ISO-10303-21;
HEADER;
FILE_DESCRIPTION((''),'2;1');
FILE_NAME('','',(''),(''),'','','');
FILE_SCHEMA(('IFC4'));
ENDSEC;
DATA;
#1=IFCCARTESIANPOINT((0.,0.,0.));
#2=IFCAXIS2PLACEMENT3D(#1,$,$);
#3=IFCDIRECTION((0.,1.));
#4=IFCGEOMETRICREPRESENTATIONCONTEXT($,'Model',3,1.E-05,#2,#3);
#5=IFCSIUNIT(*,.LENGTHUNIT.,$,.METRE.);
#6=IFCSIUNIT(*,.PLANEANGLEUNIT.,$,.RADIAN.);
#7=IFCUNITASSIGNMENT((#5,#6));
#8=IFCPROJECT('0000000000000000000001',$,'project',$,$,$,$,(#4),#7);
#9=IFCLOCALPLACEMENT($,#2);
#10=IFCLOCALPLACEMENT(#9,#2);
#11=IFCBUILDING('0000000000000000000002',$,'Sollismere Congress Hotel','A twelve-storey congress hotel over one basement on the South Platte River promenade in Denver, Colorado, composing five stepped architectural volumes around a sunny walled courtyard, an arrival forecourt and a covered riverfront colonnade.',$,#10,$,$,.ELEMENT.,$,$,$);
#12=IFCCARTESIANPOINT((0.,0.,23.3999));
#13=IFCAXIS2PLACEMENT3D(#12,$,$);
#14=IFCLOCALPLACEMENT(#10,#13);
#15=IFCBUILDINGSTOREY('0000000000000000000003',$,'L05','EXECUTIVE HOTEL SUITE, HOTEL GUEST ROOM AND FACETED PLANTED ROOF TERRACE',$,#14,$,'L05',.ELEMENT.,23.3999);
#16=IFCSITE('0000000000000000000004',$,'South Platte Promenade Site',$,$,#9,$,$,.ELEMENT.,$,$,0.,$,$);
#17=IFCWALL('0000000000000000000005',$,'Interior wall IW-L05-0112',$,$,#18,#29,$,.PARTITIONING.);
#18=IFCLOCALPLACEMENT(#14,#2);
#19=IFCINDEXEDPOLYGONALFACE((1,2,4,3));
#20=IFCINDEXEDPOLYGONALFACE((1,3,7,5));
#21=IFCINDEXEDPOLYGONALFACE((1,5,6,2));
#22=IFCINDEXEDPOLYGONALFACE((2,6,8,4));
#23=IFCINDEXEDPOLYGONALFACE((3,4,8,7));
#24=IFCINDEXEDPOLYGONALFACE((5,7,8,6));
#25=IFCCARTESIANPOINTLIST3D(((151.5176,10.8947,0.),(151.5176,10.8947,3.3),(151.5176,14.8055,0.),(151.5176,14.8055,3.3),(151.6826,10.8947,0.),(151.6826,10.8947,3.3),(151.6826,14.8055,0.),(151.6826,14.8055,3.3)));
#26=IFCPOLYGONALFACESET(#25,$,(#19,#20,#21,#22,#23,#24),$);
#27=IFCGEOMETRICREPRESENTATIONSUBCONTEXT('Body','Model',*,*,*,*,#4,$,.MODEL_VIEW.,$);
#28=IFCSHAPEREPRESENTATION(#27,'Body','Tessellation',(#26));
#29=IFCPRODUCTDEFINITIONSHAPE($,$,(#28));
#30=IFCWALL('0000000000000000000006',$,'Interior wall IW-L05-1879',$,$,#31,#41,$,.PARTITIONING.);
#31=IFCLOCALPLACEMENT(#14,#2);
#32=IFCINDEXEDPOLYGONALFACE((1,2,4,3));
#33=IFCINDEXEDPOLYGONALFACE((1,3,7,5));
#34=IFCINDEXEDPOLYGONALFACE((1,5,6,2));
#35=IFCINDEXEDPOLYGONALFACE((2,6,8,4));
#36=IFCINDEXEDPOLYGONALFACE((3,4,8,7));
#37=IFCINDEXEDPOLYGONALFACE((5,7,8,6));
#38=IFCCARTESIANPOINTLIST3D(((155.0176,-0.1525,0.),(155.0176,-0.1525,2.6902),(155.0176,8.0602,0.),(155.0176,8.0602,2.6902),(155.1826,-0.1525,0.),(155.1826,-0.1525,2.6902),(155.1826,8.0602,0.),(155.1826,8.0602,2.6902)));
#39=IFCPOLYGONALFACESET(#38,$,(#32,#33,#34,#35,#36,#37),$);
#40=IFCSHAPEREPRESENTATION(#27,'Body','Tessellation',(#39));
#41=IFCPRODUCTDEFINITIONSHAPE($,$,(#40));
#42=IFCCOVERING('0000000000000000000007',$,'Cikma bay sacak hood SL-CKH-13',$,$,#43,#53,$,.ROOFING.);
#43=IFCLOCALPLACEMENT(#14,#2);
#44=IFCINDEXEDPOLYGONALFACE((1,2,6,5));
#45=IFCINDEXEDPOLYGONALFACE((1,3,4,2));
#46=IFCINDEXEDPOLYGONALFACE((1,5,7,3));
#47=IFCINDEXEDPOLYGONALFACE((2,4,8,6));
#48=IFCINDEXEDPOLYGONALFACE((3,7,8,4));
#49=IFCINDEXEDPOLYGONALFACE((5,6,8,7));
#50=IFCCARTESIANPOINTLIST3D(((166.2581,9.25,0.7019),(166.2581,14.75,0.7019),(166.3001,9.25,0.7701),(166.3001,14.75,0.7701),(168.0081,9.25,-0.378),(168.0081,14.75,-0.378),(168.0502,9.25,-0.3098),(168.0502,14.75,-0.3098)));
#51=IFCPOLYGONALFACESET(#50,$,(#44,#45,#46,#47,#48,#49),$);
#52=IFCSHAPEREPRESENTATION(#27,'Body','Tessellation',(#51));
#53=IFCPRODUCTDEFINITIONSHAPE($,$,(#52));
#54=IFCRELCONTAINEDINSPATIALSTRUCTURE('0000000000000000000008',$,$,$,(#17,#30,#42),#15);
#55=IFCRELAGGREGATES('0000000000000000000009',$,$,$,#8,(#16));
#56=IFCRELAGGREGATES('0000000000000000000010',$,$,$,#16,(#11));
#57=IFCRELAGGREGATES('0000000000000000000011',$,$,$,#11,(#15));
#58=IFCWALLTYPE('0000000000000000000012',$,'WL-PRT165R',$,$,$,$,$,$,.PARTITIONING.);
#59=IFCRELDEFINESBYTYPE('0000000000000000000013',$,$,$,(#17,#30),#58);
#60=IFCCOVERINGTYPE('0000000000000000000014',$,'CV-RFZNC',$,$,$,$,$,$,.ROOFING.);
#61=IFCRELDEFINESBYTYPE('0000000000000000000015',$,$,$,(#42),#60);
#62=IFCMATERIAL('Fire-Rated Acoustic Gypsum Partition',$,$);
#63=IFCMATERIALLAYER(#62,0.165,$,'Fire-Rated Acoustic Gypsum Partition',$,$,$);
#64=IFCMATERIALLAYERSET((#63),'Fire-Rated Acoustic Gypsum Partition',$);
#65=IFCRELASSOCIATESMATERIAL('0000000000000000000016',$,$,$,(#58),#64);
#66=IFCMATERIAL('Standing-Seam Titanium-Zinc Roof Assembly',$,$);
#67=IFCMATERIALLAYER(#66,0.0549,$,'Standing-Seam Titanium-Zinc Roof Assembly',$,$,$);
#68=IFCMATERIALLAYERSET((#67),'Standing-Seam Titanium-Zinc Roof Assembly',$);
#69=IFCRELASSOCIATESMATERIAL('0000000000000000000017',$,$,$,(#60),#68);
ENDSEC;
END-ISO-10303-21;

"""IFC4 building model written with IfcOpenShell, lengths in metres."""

from ifc_helpers import new_model, si_unit, direction, frame, frame_2d, origin, place, context, subcontext, project, spatial, polyline, rectangle, outline, extrude, material, layer, layer_set, type_object, element, save


model = new_model("IFC4")

# Units and contexts
model_context = context("Model", 3, precision=1e-05, world=origin(), true_north=direction((0.0, 1.0)))
body_context = subcontext(model_context, "Body", "Model", "MODEL_VIEW")
ifc_project = project(units=[si_unit("LENGTHUNIT", "METRE"), si_unit("PLANEANGLEUNIT", "RADIAN")], contexts=[model_context])

# Site, building, storey
site_placement = place(None, origin())
site = spatial("IfcSite", under=ifc_project, at=site_placement, Name="South Platte Promenade Site", CompositionType="ELEMENT", RefElevation=0.0)
building_placement = place(site_placement, origin())
building = spatial("IfcBuilding", under=site, at=building_placement, Name="Sollismere Congress Hotel", Description="A twelve-storey congress hotel over one basement on the South Platte River promenade in Denver, Colorado, composing five stepped architectural volumes around a sunny walled courtyard, an arrival forecourt and a covered riverfront colonnade.", CompositionType="ELEMENT")
storey_placement = place(building_placement, frame((0.0, 0.0, 23.3999)))
storey = spatial("IfcBuildingStorey", under=building, at=storey_placement, Name="L05", Description="EXECUTIVE HOTEL SUITE, HOTEL GUEST ROOM AND FACETED PLANTED ROOF TERRACE", LongName="L05", CompositionType="ELEMENT", Elevation=23.3999)

# Walls
ifc_material_1 = material(Name="Fire-Rated Acoustic Gypsum Partition")
ifc_layer_1 = layer(ifc_material_1, 0.165, Name="Fire-Rated Acoustic Gypsum Partition")
ifc_layer_set_1 = layer_set([ifc_layer_1], Name="Fire-Rated Acoustic Gypsum Partition")
wall_type_1 = type_object("IfcWallType", Name="WL-PRT165R", PredefinedType="PARTITIONING", material=ifc_layer_set_1)
wall_1_placement = place(storey_placement, frame((151.6001, 10.8945, 0.0), z_axis=(0.0, 0.0, 1.0), x_axis=(0.0, 1.0, 0.0)))
element("IfcWall", 1, at=wall_1_placement, inside=storey, type_object=wall_type_1, Name="Interior wall IW-L05-0112", PredefinedType="PARTITIONING", context=body_context, shape_type="SweptSolid", body=[
    extrude(rectangle(XDim=3.9109, YDim=0.165, at=frame_2d((1.9556, 0.0))), origin(), (0.0, 0.0, 1.0), 3.3),
])
wall_2_placement = place(storey_placement, frame((155.1001, -0.1526, 0.0), z_axis=(0.0, 0.0, 1.0), x_axis=(0.0, 1.0, 0.0)))
element("IfcWall", 2, at=wall_2_placement, inside=storey, type_object=wall_type_1, Name="Interior wall IW-L05-1879", PredefinedType="PARTITIONING", context=body_context, shape_type="SweptSolid", body=[
    extrude(rectangle(XDim=8.2126, YDim=0.165, at=frame_2d((4.1064, 0.0))), origin(), (0.0, 0.0, 1.0), 2.6902),
])

# Covering
ifc_material_2 = material(Name="Standing-Seam Titanium-Zinc Roof Assembly")
ifc_layer_2 = layer(ifc_material_2, 0.0549, Name="Standing-Seam Titanium-Zinc Roof Assembly")
ifc_layer_set_2 = layer_set([ifc_layer_2], Name="Standing-Seam Titanium-Zinc Roof Assembly")
covering_type = type_object("IfcCoveringType", Name="CV-RFZNC", PredefinedType="ROOFING", material=ifc_layer_set_2)
covering_placement = place(storey_placement, frame((166.2581, 9.25, 0.7019), z_axis=(0.525124, 0.0, 0.851026), x_axis=(0.851026, 0.0, -0.525124)))
element("IfcCovering", 3, at=covering_placement, inside=storey, type_object=covering_type, Name="Cikma bay sacak hood SL-CKH-13", PredefinedType="ROOFING", context=body_context, shape_type="SweptSolid", body=[
    extrude(outline(polyline([(0.0, 0.0), (2.0564, 0.0), (2.0564, 5.5), (0.0, 5.5), (0.0, 0.0)])), origin(), (0.0, 0.0, 1.0), 0.0801),
])

save(model, "model.ifc")
